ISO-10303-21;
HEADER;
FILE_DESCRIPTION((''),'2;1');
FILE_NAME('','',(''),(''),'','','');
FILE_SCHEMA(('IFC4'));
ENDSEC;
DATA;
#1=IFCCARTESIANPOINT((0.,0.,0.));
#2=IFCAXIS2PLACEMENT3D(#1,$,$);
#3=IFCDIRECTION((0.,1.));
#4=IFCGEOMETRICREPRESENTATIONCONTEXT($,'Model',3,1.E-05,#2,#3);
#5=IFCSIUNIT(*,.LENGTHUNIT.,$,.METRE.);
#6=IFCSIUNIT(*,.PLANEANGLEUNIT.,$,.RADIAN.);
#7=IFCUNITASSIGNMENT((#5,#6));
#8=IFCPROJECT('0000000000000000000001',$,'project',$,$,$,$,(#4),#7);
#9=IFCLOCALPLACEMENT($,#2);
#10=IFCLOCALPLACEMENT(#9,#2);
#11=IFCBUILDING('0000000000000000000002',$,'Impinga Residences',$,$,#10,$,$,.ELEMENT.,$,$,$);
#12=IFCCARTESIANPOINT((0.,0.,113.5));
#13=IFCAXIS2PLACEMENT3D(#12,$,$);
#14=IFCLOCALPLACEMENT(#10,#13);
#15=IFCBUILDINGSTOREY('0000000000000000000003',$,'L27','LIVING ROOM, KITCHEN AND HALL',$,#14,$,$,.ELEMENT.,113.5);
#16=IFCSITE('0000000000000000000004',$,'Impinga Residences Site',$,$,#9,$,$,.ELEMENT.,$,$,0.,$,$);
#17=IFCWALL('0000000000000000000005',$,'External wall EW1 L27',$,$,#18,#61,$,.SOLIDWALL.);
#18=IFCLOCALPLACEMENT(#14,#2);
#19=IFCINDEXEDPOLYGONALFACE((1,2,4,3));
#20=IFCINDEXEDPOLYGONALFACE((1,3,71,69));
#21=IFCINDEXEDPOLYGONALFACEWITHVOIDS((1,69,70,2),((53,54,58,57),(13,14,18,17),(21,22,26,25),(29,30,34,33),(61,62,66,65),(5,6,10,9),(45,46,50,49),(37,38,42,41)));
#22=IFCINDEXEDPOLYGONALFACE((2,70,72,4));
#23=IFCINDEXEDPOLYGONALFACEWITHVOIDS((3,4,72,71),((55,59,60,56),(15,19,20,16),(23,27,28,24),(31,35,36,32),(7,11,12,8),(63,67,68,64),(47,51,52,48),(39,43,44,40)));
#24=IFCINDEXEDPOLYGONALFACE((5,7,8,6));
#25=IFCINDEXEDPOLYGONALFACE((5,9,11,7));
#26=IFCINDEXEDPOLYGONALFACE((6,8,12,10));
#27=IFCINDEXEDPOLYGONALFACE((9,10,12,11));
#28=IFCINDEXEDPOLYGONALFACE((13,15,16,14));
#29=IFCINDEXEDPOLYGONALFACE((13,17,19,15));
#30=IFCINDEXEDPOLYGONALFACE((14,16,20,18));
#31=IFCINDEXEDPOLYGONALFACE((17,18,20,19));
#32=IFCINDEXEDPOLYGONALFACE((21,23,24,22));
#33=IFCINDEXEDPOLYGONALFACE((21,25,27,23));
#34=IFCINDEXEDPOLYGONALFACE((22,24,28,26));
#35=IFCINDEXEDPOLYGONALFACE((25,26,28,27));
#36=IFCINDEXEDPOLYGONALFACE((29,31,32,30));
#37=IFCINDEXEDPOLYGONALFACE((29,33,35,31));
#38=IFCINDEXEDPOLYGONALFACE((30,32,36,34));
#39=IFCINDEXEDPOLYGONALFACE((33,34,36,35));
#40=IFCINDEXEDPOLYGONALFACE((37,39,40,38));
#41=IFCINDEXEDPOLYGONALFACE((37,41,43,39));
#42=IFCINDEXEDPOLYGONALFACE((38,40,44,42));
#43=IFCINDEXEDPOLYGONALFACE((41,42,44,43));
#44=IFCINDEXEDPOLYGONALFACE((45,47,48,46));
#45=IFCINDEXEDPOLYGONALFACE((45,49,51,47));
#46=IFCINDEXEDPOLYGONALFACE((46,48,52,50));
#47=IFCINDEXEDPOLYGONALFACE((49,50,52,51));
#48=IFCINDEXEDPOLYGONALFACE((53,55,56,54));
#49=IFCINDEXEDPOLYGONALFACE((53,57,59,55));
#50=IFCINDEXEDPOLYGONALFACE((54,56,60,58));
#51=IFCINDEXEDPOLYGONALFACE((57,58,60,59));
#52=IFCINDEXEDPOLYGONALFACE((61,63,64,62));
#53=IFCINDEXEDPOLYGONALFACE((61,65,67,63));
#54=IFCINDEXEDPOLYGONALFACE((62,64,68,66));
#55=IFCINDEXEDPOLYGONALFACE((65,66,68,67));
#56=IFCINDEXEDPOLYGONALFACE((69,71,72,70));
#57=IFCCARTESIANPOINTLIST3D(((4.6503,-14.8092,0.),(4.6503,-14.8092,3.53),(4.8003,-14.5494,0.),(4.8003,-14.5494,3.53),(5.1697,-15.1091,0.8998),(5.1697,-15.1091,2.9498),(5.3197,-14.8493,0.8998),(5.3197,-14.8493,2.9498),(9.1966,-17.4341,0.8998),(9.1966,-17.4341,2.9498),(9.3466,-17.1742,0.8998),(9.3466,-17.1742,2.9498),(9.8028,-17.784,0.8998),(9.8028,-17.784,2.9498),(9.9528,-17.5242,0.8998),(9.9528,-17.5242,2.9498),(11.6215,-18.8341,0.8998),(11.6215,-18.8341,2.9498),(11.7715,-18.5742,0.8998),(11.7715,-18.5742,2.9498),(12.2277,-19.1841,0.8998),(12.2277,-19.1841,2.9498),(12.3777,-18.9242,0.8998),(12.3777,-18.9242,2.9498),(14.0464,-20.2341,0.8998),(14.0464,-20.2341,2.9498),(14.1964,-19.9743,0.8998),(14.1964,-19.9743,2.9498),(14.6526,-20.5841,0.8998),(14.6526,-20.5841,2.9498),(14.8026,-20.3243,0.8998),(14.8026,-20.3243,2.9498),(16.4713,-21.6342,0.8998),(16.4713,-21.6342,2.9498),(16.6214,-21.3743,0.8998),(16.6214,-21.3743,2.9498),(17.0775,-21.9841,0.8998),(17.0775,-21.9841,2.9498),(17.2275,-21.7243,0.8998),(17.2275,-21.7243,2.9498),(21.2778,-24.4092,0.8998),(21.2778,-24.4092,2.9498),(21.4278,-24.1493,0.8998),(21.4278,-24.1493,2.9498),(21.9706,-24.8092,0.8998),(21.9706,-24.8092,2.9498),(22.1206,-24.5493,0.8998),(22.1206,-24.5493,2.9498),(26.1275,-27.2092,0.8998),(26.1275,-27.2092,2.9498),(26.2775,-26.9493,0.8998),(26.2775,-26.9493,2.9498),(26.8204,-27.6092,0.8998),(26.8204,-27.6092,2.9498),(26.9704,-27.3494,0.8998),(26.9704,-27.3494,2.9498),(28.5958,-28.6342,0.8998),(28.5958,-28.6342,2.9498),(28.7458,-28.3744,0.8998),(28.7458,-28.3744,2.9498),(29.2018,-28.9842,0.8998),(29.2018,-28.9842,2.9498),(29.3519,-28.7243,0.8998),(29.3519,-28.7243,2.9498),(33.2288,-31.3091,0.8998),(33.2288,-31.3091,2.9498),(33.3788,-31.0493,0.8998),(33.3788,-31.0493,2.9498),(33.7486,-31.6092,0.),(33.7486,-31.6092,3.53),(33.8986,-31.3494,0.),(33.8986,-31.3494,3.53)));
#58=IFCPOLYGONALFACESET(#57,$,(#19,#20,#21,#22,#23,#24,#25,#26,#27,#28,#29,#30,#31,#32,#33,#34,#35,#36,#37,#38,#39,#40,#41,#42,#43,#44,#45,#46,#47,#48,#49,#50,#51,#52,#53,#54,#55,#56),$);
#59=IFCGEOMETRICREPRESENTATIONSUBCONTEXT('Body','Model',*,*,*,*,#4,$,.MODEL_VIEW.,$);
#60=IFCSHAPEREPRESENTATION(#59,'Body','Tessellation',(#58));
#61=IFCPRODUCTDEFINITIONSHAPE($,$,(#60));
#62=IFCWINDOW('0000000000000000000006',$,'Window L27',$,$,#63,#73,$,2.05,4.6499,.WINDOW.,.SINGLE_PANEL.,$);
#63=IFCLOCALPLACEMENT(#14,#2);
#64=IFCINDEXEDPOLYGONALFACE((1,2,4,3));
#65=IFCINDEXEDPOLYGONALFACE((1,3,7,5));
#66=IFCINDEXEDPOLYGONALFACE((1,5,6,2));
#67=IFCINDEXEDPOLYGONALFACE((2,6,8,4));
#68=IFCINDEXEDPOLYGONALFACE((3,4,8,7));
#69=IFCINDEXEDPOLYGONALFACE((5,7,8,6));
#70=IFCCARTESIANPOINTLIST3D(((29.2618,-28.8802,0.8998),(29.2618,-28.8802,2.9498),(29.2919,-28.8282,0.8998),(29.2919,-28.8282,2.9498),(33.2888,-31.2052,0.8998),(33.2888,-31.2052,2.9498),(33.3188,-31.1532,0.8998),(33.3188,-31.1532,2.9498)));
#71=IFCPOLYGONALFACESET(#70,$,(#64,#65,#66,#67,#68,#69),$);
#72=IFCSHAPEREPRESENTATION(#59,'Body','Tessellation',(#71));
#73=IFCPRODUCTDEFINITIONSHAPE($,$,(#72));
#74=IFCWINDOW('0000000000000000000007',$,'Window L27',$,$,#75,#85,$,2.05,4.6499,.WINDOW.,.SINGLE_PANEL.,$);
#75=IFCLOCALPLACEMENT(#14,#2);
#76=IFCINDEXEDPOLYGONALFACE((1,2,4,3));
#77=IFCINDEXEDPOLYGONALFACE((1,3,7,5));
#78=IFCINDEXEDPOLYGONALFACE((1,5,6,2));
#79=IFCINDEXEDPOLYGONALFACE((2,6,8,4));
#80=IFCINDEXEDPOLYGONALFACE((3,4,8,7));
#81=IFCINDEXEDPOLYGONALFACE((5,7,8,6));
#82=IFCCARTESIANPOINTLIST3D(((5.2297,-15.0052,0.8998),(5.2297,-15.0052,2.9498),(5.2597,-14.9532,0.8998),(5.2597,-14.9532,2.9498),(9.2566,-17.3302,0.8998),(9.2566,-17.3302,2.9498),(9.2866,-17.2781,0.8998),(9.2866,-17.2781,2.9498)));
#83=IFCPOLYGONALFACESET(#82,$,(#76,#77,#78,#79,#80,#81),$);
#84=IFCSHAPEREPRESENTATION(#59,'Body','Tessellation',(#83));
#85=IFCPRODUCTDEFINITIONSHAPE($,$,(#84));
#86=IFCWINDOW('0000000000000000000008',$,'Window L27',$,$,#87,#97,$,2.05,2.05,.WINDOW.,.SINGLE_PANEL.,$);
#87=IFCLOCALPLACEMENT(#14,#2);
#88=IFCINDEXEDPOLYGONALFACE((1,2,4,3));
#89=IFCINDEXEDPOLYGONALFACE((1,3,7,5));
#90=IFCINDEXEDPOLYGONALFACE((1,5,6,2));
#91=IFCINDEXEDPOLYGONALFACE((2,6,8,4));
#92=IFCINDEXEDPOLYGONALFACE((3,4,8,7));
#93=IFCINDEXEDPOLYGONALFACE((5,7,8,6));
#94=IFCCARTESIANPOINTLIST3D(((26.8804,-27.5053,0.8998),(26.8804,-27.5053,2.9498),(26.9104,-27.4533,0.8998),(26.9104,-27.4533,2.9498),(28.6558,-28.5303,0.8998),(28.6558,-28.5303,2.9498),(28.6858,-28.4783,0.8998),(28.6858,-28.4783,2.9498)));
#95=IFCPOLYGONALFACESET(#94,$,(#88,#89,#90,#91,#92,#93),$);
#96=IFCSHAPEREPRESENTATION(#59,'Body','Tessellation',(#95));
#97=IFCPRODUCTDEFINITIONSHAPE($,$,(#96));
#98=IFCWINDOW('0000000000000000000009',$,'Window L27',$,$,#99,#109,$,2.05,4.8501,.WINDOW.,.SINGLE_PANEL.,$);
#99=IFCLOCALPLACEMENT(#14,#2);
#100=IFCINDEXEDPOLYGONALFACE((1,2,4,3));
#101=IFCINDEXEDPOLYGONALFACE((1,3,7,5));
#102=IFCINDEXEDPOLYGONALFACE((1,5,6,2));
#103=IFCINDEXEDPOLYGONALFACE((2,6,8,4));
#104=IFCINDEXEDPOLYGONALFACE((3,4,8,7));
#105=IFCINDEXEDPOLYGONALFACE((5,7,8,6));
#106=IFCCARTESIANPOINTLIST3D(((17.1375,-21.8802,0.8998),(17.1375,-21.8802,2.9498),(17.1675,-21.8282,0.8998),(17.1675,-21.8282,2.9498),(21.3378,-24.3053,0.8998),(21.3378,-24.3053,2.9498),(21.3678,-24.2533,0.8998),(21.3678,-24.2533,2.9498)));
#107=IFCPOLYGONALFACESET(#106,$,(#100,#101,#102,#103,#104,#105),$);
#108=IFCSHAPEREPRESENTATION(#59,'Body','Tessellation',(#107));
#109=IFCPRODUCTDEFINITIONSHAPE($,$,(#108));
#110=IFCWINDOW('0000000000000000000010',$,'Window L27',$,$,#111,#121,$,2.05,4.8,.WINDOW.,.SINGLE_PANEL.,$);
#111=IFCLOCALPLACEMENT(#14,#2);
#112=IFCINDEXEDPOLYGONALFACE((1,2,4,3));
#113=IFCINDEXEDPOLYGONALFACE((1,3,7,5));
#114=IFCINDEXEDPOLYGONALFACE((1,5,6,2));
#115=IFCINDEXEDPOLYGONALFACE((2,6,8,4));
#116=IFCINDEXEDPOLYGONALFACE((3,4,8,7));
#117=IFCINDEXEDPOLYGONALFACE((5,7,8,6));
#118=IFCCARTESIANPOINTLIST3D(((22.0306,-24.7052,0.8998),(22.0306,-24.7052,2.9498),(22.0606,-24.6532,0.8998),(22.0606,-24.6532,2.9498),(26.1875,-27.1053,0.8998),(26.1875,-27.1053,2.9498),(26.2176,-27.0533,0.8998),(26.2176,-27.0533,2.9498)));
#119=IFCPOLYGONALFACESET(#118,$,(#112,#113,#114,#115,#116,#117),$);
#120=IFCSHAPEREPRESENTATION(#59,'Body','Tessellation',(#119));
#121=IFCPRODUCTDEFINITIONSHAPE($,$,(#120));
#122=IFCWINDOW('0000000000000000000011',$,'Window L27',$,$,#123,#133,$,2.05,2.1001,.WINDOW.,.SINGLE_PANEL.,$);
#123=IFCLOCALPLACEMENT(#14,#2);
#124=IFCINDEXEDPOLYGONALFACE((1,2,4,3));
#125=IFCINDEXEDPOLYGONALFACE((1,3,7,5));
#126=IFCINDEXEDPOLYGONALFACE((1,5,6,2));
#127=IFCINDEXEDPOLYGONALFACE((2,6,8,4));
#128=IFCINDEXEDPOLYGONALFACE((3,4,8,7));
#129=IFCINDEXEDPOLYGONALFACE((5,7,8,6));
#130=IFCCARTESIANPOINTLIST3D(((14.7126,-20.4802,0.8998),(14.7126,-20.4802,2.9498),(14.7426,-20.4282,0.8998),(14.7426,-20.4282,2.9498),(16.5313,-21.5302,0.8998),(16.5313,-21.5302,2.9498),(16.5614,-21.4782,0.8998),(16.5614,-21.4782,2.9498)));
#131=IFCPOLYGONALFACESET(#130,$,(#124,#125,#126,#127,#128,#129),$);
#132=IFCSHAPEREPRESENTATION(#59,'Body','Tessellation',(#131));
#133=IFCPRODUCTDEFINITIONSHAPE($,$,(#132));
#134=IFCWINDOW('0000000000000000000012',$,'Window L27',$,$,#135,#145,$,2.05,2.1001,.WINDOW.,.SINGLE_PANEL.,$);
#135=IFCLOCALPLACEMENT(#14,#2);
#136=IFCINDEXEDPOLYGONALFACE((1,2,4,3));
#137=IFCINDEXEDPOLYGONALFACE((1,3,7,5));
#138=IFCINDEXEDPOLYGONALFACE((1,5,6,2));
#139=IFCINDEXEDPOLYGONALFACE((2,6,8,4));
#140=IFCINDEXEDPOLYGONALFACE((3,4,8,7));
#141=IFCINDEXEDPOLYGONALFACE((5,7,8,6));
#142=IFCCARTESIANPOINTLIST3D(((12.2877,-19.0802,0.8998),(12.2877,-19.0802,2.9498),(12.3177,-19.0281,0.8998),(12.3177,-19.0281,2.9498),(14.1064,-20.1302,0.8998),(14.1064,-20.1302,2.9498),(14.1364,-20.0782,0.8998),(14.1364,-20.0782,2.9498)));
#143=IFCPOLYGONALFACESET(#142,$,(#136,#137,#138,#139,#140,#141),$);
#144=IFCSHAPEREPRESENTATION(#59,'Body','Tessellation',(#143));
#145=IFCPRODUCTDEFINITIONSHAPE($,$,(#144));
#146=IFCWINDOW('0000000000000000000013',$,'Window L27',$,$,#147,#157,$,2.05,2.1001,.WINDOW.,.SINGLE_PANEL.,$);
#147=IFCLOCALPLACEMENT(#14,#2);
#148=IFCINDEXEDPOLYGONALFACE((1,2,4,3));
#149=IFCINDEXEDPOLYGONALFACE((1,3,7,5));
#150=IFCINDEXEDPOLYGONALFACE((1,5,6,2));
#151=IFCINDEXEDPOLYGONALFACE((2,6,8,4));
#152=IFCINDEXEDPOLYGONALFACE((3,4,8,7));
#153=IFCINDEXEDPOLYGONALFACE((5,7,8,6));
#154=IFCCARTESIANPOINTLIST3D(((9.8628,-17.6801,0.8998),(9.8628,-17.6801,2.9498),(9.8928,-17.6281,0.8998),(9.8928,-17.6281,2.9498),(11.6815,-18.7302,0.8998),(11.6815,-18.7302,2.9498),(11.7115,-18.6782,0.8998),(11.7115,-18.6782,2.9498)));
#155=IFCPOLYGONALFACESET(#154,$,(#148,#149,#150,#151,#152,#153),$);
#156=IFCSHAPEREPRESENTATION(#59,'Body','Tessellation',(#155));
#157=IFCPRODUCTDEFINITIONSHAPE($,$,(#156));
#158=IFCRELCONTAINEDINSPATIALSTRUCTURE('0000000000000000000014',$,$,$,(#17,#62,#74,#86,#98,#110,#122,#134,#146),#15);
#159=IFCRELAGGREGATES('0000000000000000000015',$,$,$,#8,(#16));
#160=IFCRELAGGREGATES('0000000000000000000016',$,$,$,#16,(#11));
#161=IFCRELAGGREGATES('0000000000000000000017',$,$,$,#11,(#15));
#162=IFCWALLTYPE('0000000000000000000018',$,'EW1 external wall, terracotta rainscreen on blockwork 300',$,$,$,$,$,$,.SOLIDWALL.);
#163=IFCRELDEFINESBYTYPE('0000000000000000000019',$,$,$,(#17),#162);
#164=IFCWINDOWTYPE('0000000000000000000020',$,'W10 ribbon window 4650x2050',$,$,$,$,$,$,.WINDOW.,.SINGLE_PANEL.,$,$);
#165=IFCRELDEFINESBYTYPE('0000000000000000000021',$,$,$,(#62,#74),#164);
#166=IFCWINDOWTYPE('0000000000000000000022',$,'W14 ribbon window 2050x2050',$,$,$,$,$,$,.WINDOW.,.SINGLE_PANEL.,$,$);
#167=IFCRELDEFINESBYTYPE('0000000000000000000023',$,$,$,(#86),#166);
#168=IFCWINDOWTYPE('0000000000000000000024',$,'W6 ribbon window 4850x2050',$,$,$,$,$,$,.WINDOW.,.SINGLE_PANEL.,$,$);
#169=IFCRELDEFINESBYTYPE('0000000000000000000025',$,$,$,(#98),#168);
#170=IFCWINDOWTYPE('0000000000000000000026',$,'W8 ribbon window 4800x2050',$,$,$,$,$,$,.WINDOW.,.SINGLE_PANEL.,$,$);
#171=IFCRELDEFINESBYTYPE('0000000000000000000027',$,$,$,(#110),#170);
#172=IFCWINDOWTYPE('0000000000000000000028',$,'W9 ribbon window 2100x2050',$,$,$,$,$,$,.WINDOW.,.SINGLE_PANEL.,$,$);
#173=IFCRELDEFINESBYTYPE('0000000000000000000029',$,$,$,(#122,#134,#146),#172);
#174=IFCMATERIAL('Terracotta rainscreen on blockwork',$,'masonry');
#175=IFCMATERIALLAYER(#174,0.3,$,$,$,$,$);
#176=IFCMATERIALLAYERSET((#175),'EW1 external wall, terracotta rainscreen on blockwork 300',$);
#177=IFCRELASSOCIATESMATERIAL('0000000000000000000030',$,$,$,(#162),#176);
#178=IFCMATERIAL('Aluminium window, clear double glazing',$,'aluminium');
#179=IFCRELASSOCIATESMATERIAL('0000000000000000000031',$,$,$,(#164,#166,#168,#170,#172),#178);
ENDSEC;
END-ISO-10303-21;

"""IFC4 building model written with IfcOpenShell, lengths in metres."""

from ifc_helpers import new_model, si_unit, direction, frame, frame_2d, origin, place, context, subcontext, project, spatial, rectangle, extrude, material, layer, layer_set, type_object, element, fill, save


model = new_model("IFC4")

# Units and contexts
model_context = context("Model", 3, precision=1e-05, world=origin(), true_north=direction((0.0, 1.0)))
body_context = subcontext(model_context, "Body", "Model", "MODEL_VIEW")
ifc_project = project(units=[si_unit("LENGTHUNIT", "METRE"), si_unit("PLANEANGLEUNIT", "RADIAN")], contexts=[model_context])

# Site, building, storey
site_placement = place(None, origin())
site = spatial("IfcSite", under=ifc_project, at=site_placement, Name="Impinga Residences Site", CompositionType="ELEMENT", RefElevation=0.0)
building_placement = place(site_placement, origin())
building = spatial("IfcBuilding", under=site, at=building_placement, Name="Impinga Residences", CompositionType="ELEMENT")
storey_placement = place(building_placement, frame((0.0, 0.0, 113.5)))
storey = spatial("IfcBuildingStorey", under=building, at=storey_placement, Name="L27", Description="LIVING ROOM, KITCHEN AND HALL", CompositionType="ELEMENT", Elevation=113.5)

# Wall, openings, windows
ifc_material_1 = material(Name="Terracotta rainscreen on blockwork", Category="masonry")
ifc_layer_1 = layer(ifc_material_1, 0.3)
ifc_layer_set_1 = layer_set([ifc_layer_1], Name="EW1 external wall, terracotta rainscreen on blockwork 300")
wall_type_1 = type_object("IfcWallType", Name="EW1 external wall, terracotta rainscreen on blockwork 300", PredefinedType="SOLIDWALL", material=ifc_layer_set_1)
wall_1_placement = place(storey_placement, frame((33.8235, -31.4792, 0.0), z_axis=(0.0, 0.0, 1.0), x_axis=(-0.866024, 0.500002, 0.0)))
wall_1 = element("IfcWall", 1, at=wall_1_placement, inside=storey, type_object=wall_type_1, Name="External wall EW1 L27", PredefinedType="SOLIDWALL", context=body_context, shape_type="SweptSolid", body=[
    extrude(rectangle(XDim=33.5999, YDim=0.3, at=frame_2d((16.7998, 0.0))), origin(), (0.0, 0.0, 1.0), 3.53),
])
opening_1_placement = place(wall_1_placement, frame((0.6001, 0.0, 0.8999)))
opening_1 = element("IfcOpeningElement", 2, at=opening_1_placement, cuts=wall_1, PredefinedType="OPENING", context=body_context, shape_type="SweptSolid", body=[
    extrude(rectangle(XDim=4.6499, YDim=2.05, at=frame_2d((2.325, 1.0249))), frame((0.0, 0.1599, 0.0), z_axis=(0.0, -1.0, 0.0), x_axis=(1.0, 0.0, 0.0)), (0.0, 0.0, 1.0), 0.3201),
])
opening_2_placement = place(wall_1_placement, frame((5.95, 0.0, 0.8999)))
opening_2 = element("IfcOpeningElement", 3, at=opening_2_placement, cuts=wall_1, PredefinedType="OPENING", context=body_context, shape_type="SweptSolid", body=[
    extrude(rectangle(XDim=2.05, YDim=2.05, at=frame_2d((1.0249, 1.0249))), frame((0.0, 0.1599, 0.0), z_axis=(0.0, -1.0, 0.0), x_axis=(1.0, 0.0, 0.0)), (0.0, 0.0, 1.0), 0.3201),
])
opening_3_placement = place(wall_1_placement, frame((8.8, 0.0, 0.8999)))
opening_3 = element("IfcOpeningElement", 4, at=opening_3_placement, cuts=wall_1, PredefinedType="OPENING", context=body_context, shape_type="SweptSolid", body=[
    extrude(rectangle(XDim=4.8, YDim=2.05, at=frame_2d((2.3999, 1.0249))), frame((0.0, 0.1599, 0.0), z_axis=(0.0, -1.0, 0.0), x_axis=(1.0, 0.0, 0.0)), (0.0, 0.0, 1.0), 0.3201),
])
opening_4_placement = place(wall_1_placement, frame((14.3999, 0.0, 0.8999)))
opening_4 = element("IfcOpeningElement", 5, at=opening_4_placement, cuts=wall_1, PredefinedType="OPENING", context=body_context, shape_type="SweptSolid", body=[
    extrude(rectangle(XDim=4.8501, YDim=2.05, at=frame_2d((2.425, 1.0249))), frame((0.0, 0.1599, 0.0), z_axis=(0.0, -1.0, 0.0), x_axis=(1.0, 0.0, 0.0)), (0.0, 0.0, 1.0), 0.3201),
])
opening_5_placement = place(wall_1_placement, frame((19.95, 0.0, 0.8999)))
opening_5 = element("IfcOpeningElement", 6, at=opening_5_placement, cuts=wall_1, PredefinedType="OPENING", context=body_context, shape_type="SweptSolid", body=[
    extrude(rectangle(XDim=2.1001, YDim=2.05, at=frame_2d((1.05, 1.0249))), frame((0.0, 0.1599, 0.0), z_axis=(0.0, -1.0, 0.0), x_axis=(1.0, 0.0, 0.0)), (0.0, 0.0, 1.0), 0.3201),
])
opening_6_placement = place(wall_1_placement, frame((22.75, 0.0, 0.8999)))
opening_6 = element("IfcOpeningElement", 7, at=opening_6_placement, cuts=wall_1, PredefinedType="OPENING", context=body_context, shape_type="SweptSolid", body=[
    extrude(rectangle(XDim=2.1001, YDim=2.05, at=frame_2d((1.05, 1.0249))), frame((0.0, 0.1599, 0.0), z_axis=(0.0, -1.0, 0.0), x_axis=(1.0, 0.0, 0.0)), (0.0, 0.0, 1.0), 0.3201),
])
opening_7_placement = place(wall_1_placement, frame((25.55, 0.0, 0.8999)))
opening_7 = element("IfcOpeningElement", 8, at=opening_7_placement, cuts=wall_1, PredefinedType="OPENING", context=body_context, shape_type="SweptSolid", body=[
    extrude(rectangle(XDim=2.1001, YDim=2.05, at=frame_2d((1.05, 1.0249))), frame((0.0, 0.1599, 0.0), z_axis=(0.0, -1.0, 0.0), x_axis=(1.0, 0.0, 0.0)), (0.0, 0.0, 1.0), 0.3201),
])
opening_8_placement = place(wall_1_placement, frame((28.3501, 0.0, 0.8999)))
opening_8 = element("IfcOpeningElement", 9, at=opening_8_placement, cuts=wall_1, PredefinedType="OPENING", context=body_context, shape_type="SweptSolid", body=[
    extrude(rectangle(XDim=4.6499, YDim=2.05, at=frame_2d((2.325, 1.0249))), frame((0.0, 0.1599, 0.0), z_axis=(0.0, -1.0, 0.0), x_axis=(1.0, 0.0, 0.0)), (0.0, 0.0, 1.0), 0.3201),
])
ifc_material_2 = material(Name="Aluminium window, clear double glazing", Category="aluminium")
window_type_1 = type_object("IfcWindowType", Name="W10 ribbon window 4650x2050", PartitioningType="SINGLE_PANEL", PredefinedType="WINDOW", material=ifc_material_2)
window_1_placement = place(opening_1_placement, origin())
window_1 = element("IfcWindow", 10, at=window_1_placement, inside=storey, type_object=window_type_1, Name="Window L27", OverallHeight=2.05, OverallWidth=4.6499, PartitioningType="SINGLE_PANEL", PredefinedType="WINDOW", context=body_context, shape_type="SweptSolid", body=[
    extrude(rectangle(XDim=4.6499, YDim=2.05, at=frame_2d((2.325, 1.0249))), frame((0.0, 0.03, 0.0), z_axis=(0.0, -1.0, 0.0), x_axis=(1.0, 0.0, 0.0)), (0.0, 0.0, 1.0), 0.0601),
])
fill(opening_1, window_1)
window_2_placement = place(opening_8_placement, origin())
window_2 = element("IfcWindow", 11, at=window_2_placement, inside=storey, type_object=window_type_1, Name="Window L27", OverallHeight=2.05, OverallWidth=4.6499, PartitioningType="SINGLE_PANEL", PredefinedType="WINDOW", context=body_context, shape_type="SweptSolid", body=[
    extrude(rectangle(XDim=4.6499, YDim=2.05, at=frame_2d((2.325, 1.0249))), frame((0.0, 0.03, 0.0), z_axis=(0.0, -1.0, 0.0), x_axis=(1.0, 0.0, 0.0)), (0.0, 0.0, 1.0), 0.0601),
])
fill(opening_8, window_2)
window_type_2 = type_object("IfcWindowType", Name="W14 ribbon window 2050x2050", PartitioningType="SINGLE_PANEL", PredefinedType="WINDOW", material=ifc_material_2)
window_3_placement = place(opening_2_placement, origin())
window_3 = element("IfcWindow", 12, at=window_3_placement, inside=storey, type_object=window_type_2, Name="Window L27", OverallHeight=2.05, OverallWidth=2.05, PartitioningType="SINGLE_PANEL", PredefinedType="WINDOW", context=body_context, shape_type="SweptSolid", body=[
    extrude(rectangle(XDim=2.05, YDim=2.05, at=frame_2d((1.0249, 1.0249))), frame((0.0, 0.03, 0.0), z_axis=(0.0, -1.0, 0.0), x_axis=(1.0, 0.0, 0.0)), (0.0, 0.0, 1.0), 0.0601),
])
fill(opening_2, window_3)
window_type_3 = type_object("IfcWindowType", Name="W6 ribbon window 4850x2050", PartitioningType="SINGLE_PANEL", PredefinedType="WINDOW", material=ifc_material_2)
window_4_placement = place(opening_4_placement, origin())
window_4 = element("IfcWindow", 13, at=window_4_placement, inside=storey, type_object=window_type_3, Name="Window L27", OverallHeight=2.05, OverallWidth=4.8501, PartitioningType="SINGLE_PANEL", PredefinedType="WINDOW", context=body_context, shape_type="SweptSolid", body=[
    extrude(rectangle(XDim=4.8501, YDim=2.05, at=frame_2d((2.425, 1.0249))), frame((0.0, 0.03, 0.0), z_axis=(0.0, -1.0, 0.0), x_axis=(1.0, 0.0, 0.0)), (0.0, 0.0, 1.0), 0.0601),
])
fill(opening_4, window_4)
window_type_4 = type_object("IfcWindowType", Name="W8 ribbon window 4800x2050", PartitioningType="SINGLE_PANEL", PredefinedType="WINDOW", material=ifc_material_2)
window_5_placement = place(opening_3_placement, origin())
window_5 = element("IfcWindow", 14, at=window_5_placement, inside=storey, type_object=window_type_4, Name="Window L27", OverallHeight=2.05, OverallWidth=4.8, PartitioningType="SINGLE_PANEL", PredefinedType="WINDOW", context=body_context, shape_type="SweptSolid", body=[
    extrude(rectangle(XDim=4.8, YDim=2.05, at=frame_2d((2.3999, 1.0249))), frame((0.0, 0.03, 0.0), z_axis=(0.0, -1.0, 0.0), x_axis=(1.0, 0.0, 0.0)), (0.0, 0.0, 1.0), 0.0601),
])
fill(opening_3, window_5)
window_type_5 = type_object("IfcWindowType", Name="W9 ribbon window 2100x2050", PartitioningType="SINGLE_PANEL", PredefinedType="WINDOW", material=ifc_material_2)
window_6_placement = place(opening_5_placement, origin())
window_6 = element("IfcWindow", 15, at=window_6_placement, inside=storey, type_object=window_type_5, Name="Window L27", OverallHeight=2.05, OverallWidth=2.1001, PartitioningType="SINGLE_PANEL", PredefinedType="WINDOW", context=body_context, shape_type="SweptSolid", body=[
    extrude(rectangle(XDim=2.1001, YDim=2.05, at=frame_2d((1.05, 1.0249))), frame((0.0, 0.03, 0.0), z_axis=(0.0, -1.0, 0.0), x_axis=(1.0, 0.0, 0.0)), (0.0, 0.0, 1.0), 0.0601),
])
fill(opening_5, window_6)
window_7_placement = place(opening_6_placement, origin())
window_7 = element("IfcWindow", 16, at=window_7_placement, inside=storey, type_object=window_type_5, Name="Window L27", OverallHeight=2.05, OverallWidth=2.1001, PartitioningType="SINGLE_PANEL", PredefinedType="WINDOW", context=body_context, shape_type="SweptSolid", body=[
    extrude(rectangle(XDim=2.1001, YDim=2.05, at=frame_2d((1.05, 1.0249))), frame((0.0, 0.03, 0.0), z_axis=(0.0, -1.0, 0.0), x_axis=(1.0, 0.0, 0.0)), (0.0, 0.0, 1.0), 0.0601),
])
fill(opening_6, window_7)
window_8_placement = place(opening_7_placement, origin())
window_8 = element("IfcWindow", 17, at=window_8_placement, inside=storey, type_object=window_type_5, Name="Window L27", OverallHeight=2.05, OverallWidth=2.1001, PartitioningType="SINGLE_PANEL", PredefinedType="WINDOW", context=body_context, shape_type="SweptSolid", body=[
    extrude(rectangle(XDim=2.1001, YDim=2.05, at=frame_2d((1.05, 1.0249))), frame((0.0, 0.03, 0.0), z_axis=(0.0, -1.0, 0.0), x_axis=(1.0, 0.0, 0.0)), (0.0, 0.0, 1.0), 0.0601),
])
fill(opening_7, window_8)

save(model, "model.ifc")
